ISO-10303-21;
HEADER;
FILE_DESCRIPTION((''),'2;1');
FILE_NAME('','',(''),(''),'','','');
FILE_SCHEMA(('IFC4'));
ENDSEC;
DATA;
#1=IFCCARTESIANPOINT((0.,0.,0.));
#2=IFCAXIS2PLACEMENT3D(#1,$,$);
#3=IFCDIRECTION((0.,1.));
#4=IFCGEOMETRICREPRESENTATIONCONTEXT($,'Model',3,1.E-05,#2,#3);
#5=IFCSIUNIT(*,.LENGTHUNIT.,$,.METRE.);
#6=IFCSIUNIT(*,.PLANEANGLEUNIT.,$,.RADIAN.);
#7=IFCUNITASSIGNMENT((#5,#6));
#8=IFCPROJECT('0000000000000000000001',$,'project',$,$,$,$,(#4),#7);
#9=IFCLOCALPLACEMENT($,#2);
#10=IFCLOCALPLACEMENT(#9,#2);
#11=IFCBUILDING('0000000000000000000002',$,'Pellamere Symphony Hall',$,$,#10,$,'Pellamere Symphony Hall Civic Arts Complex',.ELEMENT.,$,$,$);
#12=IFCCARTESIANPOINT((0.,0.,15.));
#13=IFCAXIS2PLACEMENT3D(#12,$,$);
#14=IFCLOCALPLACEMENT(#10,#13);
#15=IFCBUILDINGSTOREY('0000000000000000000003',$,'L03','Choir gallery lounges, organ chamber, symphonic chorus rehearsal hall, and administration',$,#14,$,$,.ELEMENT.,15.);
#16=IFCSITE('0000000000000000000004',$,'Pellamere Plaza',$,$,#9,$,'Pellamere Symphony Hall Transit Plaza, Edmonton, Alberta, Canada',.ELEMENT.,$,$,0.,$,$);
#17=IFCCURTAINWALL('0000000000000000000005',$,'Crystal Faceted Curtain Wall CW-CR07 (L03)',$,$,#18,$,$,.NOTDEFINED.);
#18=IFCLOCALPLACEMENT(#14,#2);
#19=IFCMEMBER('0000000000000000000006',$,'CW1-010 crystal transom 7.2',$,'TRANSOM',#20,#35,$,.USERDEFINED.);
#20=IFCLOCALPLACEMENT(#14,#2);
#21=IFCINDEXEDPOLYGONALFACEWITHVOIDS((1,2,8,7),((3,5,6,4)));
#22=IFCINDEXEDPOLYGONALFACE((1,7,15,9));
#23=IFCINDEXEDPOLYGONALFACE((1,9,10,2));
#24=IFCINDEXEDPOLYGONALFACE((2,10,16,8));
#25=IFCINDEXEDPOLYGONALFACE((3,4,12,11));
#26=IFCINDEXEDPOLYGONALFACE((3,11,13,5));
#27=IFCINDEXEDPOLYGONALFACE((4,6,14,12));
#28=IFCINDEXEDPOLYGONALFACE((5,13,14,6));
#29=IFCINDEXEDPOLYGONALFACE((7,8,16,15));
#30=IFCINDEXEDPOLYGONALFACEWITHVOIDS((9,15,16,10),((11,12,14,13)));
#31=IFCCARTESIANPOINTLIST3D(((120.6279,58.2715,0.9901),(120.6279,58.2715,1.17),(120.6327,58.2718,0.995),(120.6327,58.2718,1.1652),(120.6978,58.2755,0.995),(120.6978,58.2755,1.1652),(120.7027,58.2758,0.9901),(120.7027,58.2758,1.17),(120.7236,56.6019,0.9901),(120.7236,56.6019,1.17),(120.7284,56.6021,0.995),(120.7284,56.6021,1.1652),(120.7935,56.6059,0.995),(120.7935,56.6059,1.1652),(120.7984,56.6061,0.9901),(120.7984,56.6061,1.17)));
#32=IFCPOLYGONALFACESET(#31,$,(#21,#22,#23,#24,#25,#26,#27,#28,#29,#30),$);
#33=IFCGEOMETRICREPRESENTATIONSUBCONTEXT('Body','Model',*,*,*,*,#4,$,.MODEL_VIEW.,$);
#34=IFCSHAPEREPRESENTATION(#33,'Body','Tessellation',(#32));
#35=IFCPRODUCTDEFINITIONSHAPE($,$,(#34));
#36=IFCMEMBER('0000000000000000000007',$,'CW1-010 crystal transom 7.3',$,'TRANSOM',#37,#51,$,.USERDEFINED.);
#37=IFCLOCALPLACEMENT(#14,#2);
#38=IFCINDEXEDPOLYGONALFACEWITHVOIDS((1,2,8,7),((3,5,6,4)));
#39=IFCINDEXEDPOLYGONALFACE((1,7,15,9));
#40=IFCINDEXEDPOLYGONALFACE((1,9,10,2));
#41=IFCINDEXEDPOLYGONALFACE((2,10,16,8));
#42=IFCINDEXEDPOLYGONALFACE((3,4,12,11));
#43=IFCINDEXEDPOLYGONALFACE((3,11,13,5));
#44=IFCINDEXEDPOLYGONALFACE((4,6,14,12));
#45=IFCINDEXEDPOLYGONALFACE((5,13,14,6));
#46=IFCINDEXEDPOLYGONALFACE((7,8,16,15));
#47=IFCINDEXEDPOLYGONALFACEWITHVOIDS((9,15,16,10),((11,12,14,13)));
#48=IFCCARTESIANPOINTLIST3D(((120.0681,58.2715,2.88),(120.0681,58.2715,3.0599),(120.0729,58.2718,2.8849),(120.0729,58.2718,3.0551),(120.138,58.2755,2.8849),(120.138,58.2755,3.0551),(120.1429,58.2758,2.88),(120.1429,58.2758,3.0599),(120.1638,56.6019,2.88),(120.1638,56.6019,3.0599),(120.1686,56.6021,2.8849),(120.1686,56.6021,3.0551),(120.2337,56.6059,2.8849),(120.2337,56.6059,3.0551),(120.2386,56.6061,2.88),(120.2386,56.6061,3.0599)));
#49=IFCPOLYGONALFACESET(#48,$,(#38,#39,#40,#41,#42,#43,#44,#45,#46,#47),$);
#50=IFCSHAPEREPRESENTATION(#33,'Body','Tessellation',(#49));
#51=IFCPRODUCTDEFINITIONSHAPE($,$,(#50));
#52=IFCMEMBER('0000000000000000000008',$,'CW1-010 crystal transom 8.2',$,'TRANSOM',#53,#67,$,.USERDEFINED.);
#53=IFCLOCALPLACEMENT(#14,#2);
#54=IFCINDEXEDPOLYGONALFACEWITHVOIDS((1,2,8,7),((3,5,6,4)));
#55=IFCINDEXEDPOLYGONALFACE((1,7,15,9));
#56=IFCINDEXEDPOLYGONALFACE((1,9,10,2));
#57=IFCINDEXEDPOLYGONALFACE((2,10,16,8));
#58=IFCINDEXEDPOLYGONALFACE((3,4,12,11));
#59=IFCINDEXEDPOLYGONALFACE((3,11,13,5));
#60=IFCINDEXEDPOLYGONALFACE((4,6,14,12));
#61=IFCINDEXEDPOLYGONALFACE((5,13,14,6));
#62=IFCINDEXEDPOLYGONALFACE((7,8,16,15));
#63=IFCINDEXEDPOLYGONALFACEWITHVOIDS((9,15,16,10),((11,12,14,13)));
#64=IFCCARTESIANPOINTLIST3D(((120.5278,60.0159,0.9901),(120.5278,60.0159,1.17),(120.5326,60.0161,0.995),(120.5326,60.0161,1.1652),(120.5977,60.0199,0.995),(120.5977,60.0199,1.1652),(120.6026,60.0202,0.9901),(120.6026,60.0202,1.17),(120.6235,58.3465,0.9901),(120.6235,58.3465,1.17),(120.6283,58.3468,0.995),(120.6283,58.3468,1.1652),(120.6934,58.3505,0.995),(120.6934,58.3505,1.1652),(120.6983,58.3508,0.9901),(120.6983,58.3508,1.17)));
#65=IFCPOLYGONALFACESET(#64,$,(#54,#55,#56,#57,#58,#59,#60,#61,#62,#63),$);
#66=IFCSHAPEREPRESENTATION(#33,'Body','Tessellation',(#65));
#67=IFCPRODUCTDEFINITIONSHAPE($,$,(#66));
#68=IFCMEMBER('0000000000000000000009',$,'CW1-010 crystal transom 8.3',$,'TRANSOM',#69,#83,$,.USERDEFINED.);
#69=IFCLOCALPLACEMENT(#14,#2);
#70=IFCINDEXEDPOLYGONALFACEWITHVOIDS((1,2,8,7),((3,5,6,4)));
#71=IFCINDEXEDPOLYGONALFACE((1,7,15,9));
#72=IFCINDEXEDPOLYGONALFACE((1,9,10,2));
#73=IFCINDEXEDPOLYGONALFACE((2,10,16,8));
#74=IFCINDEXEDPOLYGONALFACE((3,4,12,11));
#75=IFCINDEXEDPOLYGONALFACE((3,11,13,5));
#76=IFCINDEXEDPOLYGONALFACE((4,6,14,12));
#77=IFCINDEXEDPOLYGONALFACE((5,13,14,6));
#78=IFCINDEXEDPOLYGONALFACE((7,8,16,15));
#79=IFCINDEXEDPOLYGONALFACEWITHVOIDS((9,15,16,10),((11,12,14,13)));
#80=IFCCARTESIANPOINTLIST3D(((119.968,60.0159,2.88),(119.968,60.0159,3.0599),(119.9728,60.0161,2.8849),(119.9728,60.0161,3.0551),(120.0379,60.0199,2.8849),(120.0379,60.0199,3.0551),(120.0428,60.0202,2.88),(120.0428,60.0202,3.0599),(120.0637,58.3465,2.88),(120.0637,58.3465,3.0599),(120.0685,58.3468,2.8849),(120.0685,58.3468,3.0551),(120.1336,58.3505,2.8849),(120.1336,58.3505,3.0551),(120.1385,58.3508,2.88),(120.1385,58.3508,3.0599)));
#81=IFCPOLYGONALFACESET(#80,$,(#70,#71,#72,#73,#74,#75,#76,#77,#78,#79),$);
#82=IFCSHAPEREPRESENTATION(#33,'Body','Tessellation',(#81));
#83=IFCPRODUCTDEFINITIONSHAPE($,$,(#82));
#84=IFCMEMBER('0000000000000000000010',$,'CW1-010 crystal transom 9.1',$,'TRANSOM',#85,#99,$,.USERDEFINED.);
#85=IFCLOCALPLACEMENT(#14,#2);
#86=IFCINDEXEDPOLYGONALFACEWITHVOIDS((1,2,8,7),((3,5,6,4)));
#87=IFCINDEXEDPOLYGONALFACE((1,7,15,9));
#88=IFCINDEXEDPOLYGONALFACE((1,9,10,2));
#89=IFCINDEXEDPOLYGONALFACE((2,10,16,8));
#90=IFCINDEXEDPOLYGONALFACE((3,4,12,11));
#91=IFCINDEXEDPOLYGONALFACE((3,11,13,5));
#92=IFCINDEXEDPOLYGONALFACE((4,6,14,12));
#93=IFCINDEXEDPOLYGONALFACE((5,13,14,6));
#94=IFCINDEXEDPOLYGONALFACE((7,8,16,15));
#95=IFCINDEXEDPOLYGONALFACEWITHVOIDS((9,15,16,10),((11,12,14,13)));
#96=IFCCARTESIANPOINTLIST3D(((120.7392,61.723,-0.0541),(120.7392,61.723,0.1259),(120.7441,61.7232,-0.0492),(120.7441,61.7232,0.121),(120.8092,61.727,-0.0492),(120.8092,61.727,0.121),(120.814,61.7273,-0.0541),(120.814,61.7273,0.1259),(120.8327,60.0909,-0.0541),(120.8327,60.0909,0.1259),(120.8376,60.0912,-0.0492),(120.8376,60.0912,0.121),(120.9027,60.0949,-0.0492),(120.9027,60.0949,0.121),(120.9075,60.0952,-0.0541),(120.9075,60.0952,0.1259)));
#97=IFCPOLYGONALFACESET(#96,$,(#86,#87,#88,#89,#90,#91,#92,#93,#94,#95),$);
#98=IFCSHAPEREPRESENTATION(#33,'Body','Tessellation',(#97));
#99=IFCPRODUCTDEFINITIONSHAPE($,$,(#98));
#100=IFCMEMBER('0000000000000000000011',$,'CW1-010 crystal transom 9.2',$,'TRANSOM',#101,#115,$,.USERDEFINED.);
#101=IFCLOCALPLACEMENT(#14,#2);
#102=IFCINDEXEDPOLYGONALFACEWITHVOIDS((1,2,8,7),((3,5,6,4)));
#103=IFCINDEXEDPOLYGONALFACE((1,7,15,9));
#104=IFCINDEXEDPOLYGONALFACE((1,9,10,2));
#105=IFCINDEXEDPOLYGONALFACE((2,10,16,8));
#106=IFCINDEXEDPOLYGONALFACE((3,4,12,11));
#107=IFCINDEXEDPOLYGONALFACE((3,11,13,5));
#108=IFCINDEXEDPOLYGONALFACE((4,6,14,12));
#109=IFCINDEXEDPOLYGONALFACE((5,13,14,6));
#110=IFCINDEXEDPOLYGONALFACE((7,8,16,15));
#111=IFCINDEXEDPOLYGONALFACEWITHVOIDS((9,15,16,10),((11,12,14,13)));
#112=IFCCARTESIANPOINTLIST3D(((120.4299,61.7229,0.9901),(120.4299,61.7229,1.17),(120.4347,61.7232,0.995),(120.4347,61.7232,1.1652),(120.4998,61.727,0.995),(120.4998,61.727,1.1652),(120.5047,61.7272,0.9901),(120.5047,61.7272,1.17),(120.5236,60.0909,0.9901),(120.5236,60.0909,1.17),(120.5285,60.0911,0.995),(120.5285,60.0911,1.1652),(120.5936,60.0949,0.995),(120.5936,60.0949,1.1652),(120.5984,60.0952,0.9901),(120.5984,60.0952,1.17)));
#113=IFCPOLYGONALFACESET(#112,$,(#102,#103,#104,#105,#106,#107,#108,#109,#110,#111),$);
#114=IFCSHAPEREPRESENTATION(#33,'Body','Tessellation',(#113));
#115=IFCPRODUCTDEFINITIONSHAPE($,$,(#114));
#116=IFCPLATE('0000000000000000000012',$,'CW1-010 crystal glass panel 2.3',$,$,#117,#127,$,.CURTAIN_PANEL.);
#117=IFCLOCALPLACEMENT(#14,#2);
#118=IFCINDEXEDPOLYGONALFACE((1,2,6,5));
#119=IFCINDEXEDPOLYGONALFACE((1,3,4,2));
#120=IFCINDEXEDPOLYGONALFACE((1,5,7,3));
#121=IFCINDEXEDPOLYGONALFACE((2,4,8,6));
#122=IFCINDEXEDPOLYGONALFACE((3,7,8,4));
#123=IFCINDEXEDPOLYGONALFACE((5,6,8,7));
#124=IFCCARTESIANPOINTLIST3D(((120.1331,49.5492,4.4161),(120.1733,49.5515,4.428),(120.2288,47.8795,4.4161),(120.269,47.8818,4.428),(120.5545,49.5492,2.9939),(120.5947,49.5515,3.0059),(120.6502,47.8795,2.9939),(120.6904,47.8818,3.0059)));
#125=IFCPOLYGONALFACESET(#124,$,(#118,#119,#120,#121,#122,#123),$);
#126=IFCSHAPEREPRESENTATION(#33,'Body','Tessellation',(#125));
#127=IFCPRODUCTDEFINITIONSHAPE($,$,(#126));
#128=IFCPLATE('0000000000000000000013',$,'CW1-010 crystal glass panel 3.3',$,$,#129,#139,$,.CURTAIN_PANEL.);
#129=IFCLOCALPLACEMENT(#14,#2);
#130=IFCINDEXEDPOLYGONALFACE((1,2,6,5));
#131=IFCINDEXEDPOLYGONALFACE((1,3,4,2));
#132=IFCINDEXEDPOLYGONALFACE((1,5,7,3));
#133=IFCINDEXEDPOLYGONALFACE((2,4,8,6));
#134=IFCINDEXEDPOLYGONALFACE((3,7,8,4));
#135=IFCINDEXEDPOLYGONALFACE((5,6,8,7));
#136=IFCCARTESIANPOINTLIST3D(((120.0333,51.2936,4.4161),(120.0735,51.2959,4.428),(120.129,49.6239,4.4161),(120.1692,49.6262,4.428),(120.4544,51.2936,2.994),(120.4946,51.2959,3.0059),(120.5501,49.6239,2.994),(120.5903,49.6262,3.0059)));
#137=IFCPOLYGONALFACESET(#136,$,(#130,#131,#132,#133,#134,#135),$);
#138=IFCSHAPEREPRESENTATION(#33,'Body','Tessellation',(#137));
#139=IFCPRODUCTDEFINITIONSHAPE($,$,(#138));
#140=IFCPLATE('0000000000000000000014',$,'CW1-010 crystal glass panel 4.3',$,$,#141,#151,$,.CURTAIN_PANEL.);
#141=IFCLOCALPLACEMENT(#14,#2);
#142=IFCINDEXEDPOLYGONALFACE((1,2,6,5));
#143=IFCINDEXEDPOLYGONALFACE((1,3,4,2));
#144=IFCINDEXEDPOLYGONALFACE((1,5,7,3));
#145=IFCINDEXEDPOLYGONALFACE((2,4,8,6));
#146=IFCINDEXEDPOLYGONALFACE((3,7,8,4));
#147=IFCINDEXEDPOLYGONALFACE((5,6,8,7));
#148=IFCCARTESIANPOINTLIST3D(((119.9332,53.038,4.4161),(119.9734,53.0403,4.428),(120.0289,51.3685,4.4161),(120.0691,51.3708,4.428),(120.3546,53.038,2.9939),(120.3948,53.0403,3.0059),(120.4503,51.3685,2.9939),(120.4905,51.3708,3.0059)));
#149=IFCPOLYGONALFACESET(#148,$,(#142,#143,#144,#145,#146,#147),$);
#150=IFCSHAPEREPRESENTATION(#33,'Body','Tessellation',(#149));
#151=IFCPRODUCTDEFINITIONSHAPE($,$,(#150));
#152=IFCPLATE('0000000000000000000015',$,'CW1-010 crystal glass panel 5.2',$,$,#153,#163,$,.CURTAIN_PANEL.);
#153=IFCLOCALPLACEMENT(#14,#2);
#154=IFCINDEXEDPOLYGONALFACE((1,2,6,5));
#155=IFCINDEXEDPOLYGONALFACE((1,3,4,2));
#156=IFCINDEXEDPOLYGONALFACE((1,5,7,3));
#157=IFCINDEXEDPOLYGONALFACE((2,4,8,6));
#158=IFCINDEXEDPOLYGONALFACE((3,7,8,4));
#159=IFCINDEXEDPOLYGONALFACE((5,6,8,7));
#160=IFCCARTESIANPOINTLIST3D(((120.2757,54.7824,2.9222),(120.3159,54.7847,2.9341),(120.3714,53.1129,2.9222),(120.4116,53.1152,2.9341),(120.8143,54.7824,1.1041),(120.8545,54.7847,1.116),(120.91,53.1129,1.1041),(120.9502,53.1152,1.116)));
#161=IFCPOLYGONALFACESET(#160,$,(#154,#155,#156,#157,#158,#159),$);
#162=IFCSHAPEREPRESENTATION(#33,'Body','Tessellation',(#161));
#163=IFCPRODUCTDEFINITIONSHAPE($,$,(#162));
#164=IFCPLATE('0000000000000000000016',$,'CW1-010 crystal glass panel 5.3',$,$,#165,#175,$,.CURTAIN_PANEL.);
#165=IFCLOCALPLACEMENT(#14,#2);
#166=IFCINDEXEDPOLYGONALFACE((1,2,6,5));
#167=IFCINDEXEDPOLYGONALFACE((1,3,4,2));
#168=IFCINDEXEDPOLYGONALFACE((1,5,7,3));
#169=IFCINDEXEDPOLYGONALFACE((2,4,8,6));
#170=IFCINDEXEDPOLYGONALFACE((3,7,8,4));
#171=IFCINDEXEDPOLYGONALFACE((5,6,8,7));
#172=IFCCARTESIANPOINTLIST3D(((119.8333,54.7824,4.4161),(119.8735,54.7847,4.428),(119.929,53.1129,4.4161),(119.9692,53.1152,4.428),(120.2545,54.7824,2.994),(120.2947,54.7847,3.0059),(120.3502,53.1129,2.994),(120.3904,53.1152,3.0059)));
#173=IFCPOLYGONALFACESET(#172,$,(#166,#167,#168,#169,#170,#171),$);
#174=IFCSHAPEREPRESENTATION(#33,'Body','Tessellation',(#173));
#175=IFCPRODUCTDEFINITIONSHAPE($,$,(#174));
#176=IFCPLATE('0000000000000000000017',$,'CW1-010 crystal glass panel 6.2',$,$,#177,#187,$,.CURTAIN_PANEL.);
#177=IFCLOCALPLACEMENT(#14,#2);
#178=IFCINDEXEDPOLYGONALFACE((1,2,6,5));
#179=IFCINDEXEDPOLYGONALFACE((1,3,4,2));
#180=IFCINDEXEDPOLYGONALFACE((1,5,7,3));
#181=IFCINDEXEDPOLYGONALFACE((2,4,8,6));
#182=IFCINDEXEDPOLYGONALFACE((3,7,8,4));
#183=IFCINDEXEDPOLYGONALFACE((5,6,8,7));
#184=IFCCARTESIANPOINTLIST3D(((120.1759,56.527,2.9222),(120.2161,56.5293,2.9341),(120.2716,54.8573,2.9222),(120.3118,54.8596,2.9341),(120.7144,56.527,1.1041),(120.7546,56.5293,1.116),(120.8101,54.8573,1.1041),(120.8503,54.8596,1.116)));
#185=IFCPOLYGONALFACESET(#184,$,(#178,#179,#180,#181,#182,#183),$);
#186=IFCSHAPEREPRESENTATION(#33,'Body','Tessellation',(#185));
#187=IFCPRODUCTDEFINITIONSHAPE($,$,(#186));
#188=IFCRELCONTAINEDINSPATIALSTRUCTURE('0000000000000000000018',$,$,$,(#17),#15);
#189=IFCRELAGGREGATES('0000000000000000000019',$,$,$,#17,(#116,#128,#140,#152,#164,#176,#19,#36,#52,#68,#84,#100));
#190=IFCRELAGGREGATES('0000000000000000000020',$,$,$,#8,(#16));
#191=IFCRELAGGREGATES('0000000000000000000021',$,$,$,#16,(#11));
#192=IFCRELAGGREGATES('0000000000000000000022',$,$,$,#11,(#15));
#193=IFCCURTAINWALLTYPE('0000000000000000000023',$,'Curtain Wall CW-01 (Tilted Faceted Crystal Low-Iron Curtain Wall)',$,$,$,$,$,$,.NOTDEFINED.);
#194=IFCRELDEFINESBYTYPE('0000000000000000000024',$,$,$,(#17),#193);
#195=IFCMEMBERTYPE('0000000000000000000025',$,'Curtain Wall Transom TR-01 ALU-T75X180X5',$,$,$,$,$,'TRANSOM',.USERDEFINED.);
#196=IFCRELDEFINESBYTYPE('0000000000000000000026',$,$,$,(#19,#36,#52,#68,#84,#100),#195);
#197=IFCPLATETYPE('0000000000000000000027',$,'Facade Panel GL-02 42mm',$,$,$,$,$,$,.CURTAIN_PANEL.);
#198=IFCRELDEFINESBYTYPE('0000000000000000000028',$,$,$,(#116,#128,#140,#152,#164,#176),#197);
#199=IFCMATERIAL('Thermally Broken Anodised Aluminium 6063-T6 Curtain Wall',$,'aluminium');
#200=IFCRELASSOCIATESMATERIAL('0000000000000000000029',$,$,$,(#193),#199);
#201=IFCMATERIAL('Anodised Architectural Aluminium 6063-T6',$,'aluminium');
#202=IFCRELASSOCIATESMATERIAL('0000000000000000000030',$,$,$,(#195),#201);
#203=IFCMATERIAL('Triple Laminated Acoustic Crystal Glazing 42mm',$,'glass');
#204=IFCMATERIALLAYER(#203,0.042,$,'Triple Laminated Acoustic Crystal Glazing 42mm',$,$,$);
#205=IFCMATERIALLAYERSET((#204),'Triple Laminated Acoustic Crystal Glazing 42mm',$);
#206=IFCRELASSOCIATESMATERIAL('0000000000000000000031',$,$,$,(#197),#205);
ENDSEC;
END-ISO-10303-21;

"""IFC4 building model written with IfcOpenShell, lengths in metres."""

from ifc_helpers import new_model, si_unit, direction, frame, origin, origin_2d, place, context, subcontext, project, spatial, polyline, hollow_rectangle, outline, extrude, material, layer, layer_set, material_profile, profile_set, type_object, element, aggregate, save


model = new_model("IFC4")

# Units and contexts
model_context = context("Model", 3, precision=1e-05, world=origin(), true_north=direction((0.0, 1.0)))
body_context = subcontext(model_context, "Body", "Model", "MODEL_VIEW")
ifc_project = project(units=[si_unit("LENGTHUNIT", "METRE"), si_unit("PLANEANGLEUNIT", "RADIAN")], contexts=[model_context])

# Site, building, storey
site_placement = place(None, origin())
site = spatial("IfcSite", under=ifc_project, at=site_placement, Name="Pellamere Plaza", LongName="Pellamere Symphony Hall Transit Plaza, Edmonton, Alberta, Canada", CompositionType="ELEMENT", RefElevation=0.0)
building_placement = place(site_placement, origin())
building = spatial("IfcBuilding", under=site, at=building_placement, Name="Pellamere Symphony Hall", LongName="Pellamere Symphony Hall Civic Arts Complex", CompositionType="ELEMENT")
storey_placement = place(building_placement, frame((0.0, 0.0, 15.0)))
storey = spatial("IfcBuildingStorey", under=building, at=storey_placement, Name="L03", Description="Choir gallery lounges, organ chamber, symphonic chorus rehearsal hall, and administration", CompositionType="ELEMENT", Elevation=15.0)

# Curtain wall, members, plates
ifc_material_1 = material(Name="Thermally Broken Anodised Aluminium 6063-T6 Curtain Wall", Category="aluminium")
curtain_wall_type = type_object("IfcCurtainWallType", Name="Curtain Wall CW-01 (Tilted Faceted Crystal Low-Iron Curtain Wall)", PredefinedType="NOTDEFINED", material=ifc_material_1)
curtain_wall_placement = place(storey_placement, origin())
curtain_wall = element("IfcCurtainWall", 1, at=curtain_wall_placement, inside=storey, type_object=curtain_wall_type, Name="Crystal Faceted Curtain Wall CW-CR07 (L03)", PredefinedType="NOTDEFINED")
ifc_material_2 = material(Name="Anodised Architectural Aluminium 6063-T6", Category="aluminium")
ifc_material_profile_1 = material_profile(ifc_material_2, hollow_rectangle(XDim=0.075, YDim=0.1799, WallThickness=0.0049, at=origin_2d()), Name="ALU-T75X180X5")
ifc_profile_set_1 = profile_set([ifc_material_profile_1], Name="Anodised Architectural Aluminium 6063-T6")
member_type_1 = type_object("IfcMemberType", Name="Curtain Wall Transom TR-01 ALU-T75X180X5", ElementType="TRANSOM", PredefinedType="USERDEFINED", material=ifc_profile_set_1)
member_1_placement = place(storey_placement, frame((120.761, 56.604, 1.0801), z_axis=(-0.057224, 0.998361, 0.0), x_axis=(-0.998361, -0.057224, 0.0)))
member_1 = element("IfcMember", 2, at=member_1_placement, type_object=member_type_1, Name="CW1-010 crystal transom 7.2", ObjectType="TRANSOM", PredefinedType="USERDEFINED", context=body_context, shape_type="SweptSolid", body=[
    extrude(hollow_rectangle(XDim=0.075, YDim=0.1799, WallThickness=0.0049, at=origin_2d()), origin(), (0.0, 0.0, 1.0), 1.6724),
])
member_2_placement = place(storey_placement, frame((120.2012, 56.604, 2.97), z_axis=(-0.057224, 0.998361, 0.0), x_axis=(-0.998361, -0.057224, 0.0)))
member_2 = element("IfcMember", 3, at=member_2_placement, type_object=member_type_1, Name="CW1-010 crystal transom 7.3", ObjectType="TRANSOM", PredefinedType="USERDEFINED", context=body_context, shape_type="SweptSolid", body=[
    extrude(hollow_rectangle(XDim=0.075, YDim=0.1799, WallThickness=0.0049, at=origin_2d()), origin(), (0.0, 0.0, 1.0), 1.6724),
])
member_3_placement = place(storey_placement, frame((120.6609, 58.3486, 1.0801), z_axis=(-0.057233, 0.998361, 0.0), x_axis=(-0.998361, -0.057233, 0.0)))
member_3 = element("IfcMember", 4, at=member_3_placement, type_object=member_type_1, Name="CW1-010 crystal transom 8.2", ObjectType="TRANSOM", PredefinedType="USERDEFINED", context=body_context, shape_type="SweptSolid", body=[
    extrude(hollow_rectangle(XDim=0.075, YDim=0.1799, WallThickness=0.0049, at=origin_2d()), origin(), (0.0, 0.0, 1.0), 1.6721),
])
member_4_placement = place(storey_placement, frame((120.1011, 58.3486, 2.97), z_axis=(-0.057233, 0.998361, 0.0), x_axis=(-0.998361, -0.057233, 0.0)))
member_4 = element("IfcMember", 5, at=member_4_placement, type_object=member_type_1, Name="CW1-010 crystal transom 8.3", ObjectType="TRANSOM", PredefinedType="USERDEFINED", context=body_context, shape_type="SweptSolid", body=[
    extrude(hollow_rectangle(XDim=0.075, YDim=0.1799, WallThickness=0.0049, at=origin_2d()), origin(), (0.0, 0.0, 1.0), 1.6721),
])
member_5_placement = place(storey_placement, frame((120.8701, 60.093, 0.0359), z_axis=(-0.057199, 0.998363, 0.0), x_axis=(-0.998363, -0.057199, 0.0)))
member_5 = element("IfcMember", 6, at=member_5_placement, type_object=member_type_1, Name="CW1-010 crystal transom 9.1", ObjectType="TRANSOM", PredefinedType="USERDEFINED", context=body_context, shape_type="SweptSolid", body=[
    extrude(hollow_rectangle(XDim=0.075, YDim=0.1799, WallThickness=0.0049, at=origin_2d()), origin(), (0.0, 0.0, 1.0), 1.6348),
])
member_6_placement = place(storey_placement, frame((120.561, 60.093, 1.0801), z_axis=(-0.057348, 0.998354, 0.0), x_axis=(-0.998354, -0.057348, 0.0)))
member_6 = element("IfcMember", 7, at=member_6_placement, type_object=member_type_1, Name="CW1-010 crystal transom 9.2", ObjectType="TRANSOM", PredefinedType="USERDEFINED", context=body_context, shape_type="SweptSolid", body=[
    extrude(hollow_rectangle(XDim=0.075, YDim=0.1799, WallThickness=0.0049, at=origin_2d()), origin(), (0.0, 0.0, 1.0), 1.6348),
])
ifc_material_3 = material(Name="Triple Laminated Acoustic Crystal Glazing 42mm", Category="glass")
ifc_layer = layer(ifc_material_3, 0.042, Name="Triple Laminated Acoustic Crystal Glazing 42mm")
ifc_layer_set = layer_set([ifc_layer], Name="Triple Laminated Acoustic Crystal Glazing 42mm")
plate_type = type_object("IfcPlateType", Name="Facade Panel GL-02 42mm", PredefinedType="CURTAIN_PANEL", material=ifc_layer_set)
plate_1_placement = place(storey_placement, frame((120.6904, 47.8818, 3.0059), z_axis=(0.95735, 0.054874, 0.283671), x_axis=(-0.057224, 0.998361, 0.0)))
plate_1 = element("IfcPlate", 8, at=plate_1_placement, type_object=plate_type, Name="CW1-010 crystal glass panel 2.3", PredefinedType="CURTAIN_PANEL", context=body_context, shape_type="SweptSolid", body=[
    extrude(outline(polyline([(0.0, 0.0), (1.6724, 0.0), (1.6965, 1.483), (0.0241, 1.483), (0.0, 0.0)])), origin(), (0.0, 0.0, -1.0), 0.042),
])
plate_2_placement = place(storey_placement, frame((120.5903, 49.6262, 3.0059), z_axis=(0.957395, 0.054876, 0.28352), x_axis=(-0.057224, 0.998361, 0.0)))
plate_2 = element("IfcPlate", 9, at=plate_2_placement, type_object=plate_type, Name="CW1-010 crystal glass panel 3.3", PredefinedType="CURTAIN_PANEL", context=body_context, shape_type="SweptSolid", body=[
    extrude(outline(polyline([(0.0, 0.0), (1.6724, 0.0), (1.6965, 1.483), (0.0241, 1.483), (0.0, 0.0)])), origin(), (0.0, 0.0, -1.0), 0.042),
])
plate_3_placement = place(storey_placement, frame((120.4905, 51.3708, 3.0059), z_axis=(0.95735, 0.054882, 0.283671), x_axis=(-0.057233, 0.998361, 0.0)))
plate_3 = element("IfcPlate", 10, at=plate_3_placement, type_object=plate_type, Name="CW1-010 crystal glass panel 4.3", PredefinedType="CURTAIN_PANEL", context=body_context, shape_type="SweptSolid", body=[
    extrude(outline(polyline([(0.0, 0.0), (1.6722, 0.0), (1.6963, 1.483), (0.0241, 1.483), (0.0, 0.0)])), origin(), (0.0, 0.0, -1.0), 0.042),
])
plate_4_placement = place(storey_placement, frame((120.9502, 53.1152, 1.116), z_axis=(0.957371, 0.054883, 0.283599), x_axis=(-0.057233, 0.998361, 0.0)))
plate_4 = element("IfcPlate", 11, at=plate_4_placement, type_object=plate_type, Name="CW1-010 crystal glass panel 5.2", PredefinedType="CURTAIN_PANEL", context=body_context, shape_type="SweptSolid", body=[
    extrude(outline(polyline([(0.0, 0.0), (1.6722, 0.0), (1.703, 1.896), (0.0308, 1.896), (0.0, 0.0)])), origin(), (0.0, 0.0, -1.0), 0.042),
])
plate_5_placement = place(storey_placement, frame((120.3904, 53.1152, 3.0059), z_axis=(0.957394, 0.054884, 0.28352), x_axis=(-0.057233, 0.998361, 0.0)))
plate_5 = element("IfcPlate", 12, at=plate_5_placement, type_object=plate_type, Name="CW1-010 crystal glass panel 5.3", PredefinedType="CURTAIN_PANEL", context=body_context, shape_type="SweptSolid", body=[
    extrude(outline(polyline([(0.0, 0.0), (1.6722, 0.0), (1.6963, 1.483), (0.0241, 1.483), (0.0, 0.0)])), origin(), (0.0, 0.0, -1.0), 0.042),
])
plate_6_placement = place(storey_placement, frame((120.8503, 54.8596, 1.116), z_axis=(0.957372, 0.054875, 0.283599), x_axis=(-0.057224, 0.998361, 0.0)))
plate_6 = element("IfcPlate", 13, at=plate_6_placement, type_object=plate_type, Name="CW1-010 crystal glass panel 6.2", PredefinedType="CURTAIN_PANEL", context=body_context, shape_type="SweptSolid", body=[
    extrude(outline(polyline([(0.0, 0.0), (1.6724, 0.0), (1.7032, 1.896), (0.0308, 1.896), (0.0, 0.0)])), origin(), (0.0, 0.0, -1.0), 0.042),
])
aggregate(curtain_wall, [plate_1, plate_2, plate_3, plate_4, plate_5, plate_6, member_1, member_2, member_3, member_4, member_5, member_6])

save(model, "model.ifc")
